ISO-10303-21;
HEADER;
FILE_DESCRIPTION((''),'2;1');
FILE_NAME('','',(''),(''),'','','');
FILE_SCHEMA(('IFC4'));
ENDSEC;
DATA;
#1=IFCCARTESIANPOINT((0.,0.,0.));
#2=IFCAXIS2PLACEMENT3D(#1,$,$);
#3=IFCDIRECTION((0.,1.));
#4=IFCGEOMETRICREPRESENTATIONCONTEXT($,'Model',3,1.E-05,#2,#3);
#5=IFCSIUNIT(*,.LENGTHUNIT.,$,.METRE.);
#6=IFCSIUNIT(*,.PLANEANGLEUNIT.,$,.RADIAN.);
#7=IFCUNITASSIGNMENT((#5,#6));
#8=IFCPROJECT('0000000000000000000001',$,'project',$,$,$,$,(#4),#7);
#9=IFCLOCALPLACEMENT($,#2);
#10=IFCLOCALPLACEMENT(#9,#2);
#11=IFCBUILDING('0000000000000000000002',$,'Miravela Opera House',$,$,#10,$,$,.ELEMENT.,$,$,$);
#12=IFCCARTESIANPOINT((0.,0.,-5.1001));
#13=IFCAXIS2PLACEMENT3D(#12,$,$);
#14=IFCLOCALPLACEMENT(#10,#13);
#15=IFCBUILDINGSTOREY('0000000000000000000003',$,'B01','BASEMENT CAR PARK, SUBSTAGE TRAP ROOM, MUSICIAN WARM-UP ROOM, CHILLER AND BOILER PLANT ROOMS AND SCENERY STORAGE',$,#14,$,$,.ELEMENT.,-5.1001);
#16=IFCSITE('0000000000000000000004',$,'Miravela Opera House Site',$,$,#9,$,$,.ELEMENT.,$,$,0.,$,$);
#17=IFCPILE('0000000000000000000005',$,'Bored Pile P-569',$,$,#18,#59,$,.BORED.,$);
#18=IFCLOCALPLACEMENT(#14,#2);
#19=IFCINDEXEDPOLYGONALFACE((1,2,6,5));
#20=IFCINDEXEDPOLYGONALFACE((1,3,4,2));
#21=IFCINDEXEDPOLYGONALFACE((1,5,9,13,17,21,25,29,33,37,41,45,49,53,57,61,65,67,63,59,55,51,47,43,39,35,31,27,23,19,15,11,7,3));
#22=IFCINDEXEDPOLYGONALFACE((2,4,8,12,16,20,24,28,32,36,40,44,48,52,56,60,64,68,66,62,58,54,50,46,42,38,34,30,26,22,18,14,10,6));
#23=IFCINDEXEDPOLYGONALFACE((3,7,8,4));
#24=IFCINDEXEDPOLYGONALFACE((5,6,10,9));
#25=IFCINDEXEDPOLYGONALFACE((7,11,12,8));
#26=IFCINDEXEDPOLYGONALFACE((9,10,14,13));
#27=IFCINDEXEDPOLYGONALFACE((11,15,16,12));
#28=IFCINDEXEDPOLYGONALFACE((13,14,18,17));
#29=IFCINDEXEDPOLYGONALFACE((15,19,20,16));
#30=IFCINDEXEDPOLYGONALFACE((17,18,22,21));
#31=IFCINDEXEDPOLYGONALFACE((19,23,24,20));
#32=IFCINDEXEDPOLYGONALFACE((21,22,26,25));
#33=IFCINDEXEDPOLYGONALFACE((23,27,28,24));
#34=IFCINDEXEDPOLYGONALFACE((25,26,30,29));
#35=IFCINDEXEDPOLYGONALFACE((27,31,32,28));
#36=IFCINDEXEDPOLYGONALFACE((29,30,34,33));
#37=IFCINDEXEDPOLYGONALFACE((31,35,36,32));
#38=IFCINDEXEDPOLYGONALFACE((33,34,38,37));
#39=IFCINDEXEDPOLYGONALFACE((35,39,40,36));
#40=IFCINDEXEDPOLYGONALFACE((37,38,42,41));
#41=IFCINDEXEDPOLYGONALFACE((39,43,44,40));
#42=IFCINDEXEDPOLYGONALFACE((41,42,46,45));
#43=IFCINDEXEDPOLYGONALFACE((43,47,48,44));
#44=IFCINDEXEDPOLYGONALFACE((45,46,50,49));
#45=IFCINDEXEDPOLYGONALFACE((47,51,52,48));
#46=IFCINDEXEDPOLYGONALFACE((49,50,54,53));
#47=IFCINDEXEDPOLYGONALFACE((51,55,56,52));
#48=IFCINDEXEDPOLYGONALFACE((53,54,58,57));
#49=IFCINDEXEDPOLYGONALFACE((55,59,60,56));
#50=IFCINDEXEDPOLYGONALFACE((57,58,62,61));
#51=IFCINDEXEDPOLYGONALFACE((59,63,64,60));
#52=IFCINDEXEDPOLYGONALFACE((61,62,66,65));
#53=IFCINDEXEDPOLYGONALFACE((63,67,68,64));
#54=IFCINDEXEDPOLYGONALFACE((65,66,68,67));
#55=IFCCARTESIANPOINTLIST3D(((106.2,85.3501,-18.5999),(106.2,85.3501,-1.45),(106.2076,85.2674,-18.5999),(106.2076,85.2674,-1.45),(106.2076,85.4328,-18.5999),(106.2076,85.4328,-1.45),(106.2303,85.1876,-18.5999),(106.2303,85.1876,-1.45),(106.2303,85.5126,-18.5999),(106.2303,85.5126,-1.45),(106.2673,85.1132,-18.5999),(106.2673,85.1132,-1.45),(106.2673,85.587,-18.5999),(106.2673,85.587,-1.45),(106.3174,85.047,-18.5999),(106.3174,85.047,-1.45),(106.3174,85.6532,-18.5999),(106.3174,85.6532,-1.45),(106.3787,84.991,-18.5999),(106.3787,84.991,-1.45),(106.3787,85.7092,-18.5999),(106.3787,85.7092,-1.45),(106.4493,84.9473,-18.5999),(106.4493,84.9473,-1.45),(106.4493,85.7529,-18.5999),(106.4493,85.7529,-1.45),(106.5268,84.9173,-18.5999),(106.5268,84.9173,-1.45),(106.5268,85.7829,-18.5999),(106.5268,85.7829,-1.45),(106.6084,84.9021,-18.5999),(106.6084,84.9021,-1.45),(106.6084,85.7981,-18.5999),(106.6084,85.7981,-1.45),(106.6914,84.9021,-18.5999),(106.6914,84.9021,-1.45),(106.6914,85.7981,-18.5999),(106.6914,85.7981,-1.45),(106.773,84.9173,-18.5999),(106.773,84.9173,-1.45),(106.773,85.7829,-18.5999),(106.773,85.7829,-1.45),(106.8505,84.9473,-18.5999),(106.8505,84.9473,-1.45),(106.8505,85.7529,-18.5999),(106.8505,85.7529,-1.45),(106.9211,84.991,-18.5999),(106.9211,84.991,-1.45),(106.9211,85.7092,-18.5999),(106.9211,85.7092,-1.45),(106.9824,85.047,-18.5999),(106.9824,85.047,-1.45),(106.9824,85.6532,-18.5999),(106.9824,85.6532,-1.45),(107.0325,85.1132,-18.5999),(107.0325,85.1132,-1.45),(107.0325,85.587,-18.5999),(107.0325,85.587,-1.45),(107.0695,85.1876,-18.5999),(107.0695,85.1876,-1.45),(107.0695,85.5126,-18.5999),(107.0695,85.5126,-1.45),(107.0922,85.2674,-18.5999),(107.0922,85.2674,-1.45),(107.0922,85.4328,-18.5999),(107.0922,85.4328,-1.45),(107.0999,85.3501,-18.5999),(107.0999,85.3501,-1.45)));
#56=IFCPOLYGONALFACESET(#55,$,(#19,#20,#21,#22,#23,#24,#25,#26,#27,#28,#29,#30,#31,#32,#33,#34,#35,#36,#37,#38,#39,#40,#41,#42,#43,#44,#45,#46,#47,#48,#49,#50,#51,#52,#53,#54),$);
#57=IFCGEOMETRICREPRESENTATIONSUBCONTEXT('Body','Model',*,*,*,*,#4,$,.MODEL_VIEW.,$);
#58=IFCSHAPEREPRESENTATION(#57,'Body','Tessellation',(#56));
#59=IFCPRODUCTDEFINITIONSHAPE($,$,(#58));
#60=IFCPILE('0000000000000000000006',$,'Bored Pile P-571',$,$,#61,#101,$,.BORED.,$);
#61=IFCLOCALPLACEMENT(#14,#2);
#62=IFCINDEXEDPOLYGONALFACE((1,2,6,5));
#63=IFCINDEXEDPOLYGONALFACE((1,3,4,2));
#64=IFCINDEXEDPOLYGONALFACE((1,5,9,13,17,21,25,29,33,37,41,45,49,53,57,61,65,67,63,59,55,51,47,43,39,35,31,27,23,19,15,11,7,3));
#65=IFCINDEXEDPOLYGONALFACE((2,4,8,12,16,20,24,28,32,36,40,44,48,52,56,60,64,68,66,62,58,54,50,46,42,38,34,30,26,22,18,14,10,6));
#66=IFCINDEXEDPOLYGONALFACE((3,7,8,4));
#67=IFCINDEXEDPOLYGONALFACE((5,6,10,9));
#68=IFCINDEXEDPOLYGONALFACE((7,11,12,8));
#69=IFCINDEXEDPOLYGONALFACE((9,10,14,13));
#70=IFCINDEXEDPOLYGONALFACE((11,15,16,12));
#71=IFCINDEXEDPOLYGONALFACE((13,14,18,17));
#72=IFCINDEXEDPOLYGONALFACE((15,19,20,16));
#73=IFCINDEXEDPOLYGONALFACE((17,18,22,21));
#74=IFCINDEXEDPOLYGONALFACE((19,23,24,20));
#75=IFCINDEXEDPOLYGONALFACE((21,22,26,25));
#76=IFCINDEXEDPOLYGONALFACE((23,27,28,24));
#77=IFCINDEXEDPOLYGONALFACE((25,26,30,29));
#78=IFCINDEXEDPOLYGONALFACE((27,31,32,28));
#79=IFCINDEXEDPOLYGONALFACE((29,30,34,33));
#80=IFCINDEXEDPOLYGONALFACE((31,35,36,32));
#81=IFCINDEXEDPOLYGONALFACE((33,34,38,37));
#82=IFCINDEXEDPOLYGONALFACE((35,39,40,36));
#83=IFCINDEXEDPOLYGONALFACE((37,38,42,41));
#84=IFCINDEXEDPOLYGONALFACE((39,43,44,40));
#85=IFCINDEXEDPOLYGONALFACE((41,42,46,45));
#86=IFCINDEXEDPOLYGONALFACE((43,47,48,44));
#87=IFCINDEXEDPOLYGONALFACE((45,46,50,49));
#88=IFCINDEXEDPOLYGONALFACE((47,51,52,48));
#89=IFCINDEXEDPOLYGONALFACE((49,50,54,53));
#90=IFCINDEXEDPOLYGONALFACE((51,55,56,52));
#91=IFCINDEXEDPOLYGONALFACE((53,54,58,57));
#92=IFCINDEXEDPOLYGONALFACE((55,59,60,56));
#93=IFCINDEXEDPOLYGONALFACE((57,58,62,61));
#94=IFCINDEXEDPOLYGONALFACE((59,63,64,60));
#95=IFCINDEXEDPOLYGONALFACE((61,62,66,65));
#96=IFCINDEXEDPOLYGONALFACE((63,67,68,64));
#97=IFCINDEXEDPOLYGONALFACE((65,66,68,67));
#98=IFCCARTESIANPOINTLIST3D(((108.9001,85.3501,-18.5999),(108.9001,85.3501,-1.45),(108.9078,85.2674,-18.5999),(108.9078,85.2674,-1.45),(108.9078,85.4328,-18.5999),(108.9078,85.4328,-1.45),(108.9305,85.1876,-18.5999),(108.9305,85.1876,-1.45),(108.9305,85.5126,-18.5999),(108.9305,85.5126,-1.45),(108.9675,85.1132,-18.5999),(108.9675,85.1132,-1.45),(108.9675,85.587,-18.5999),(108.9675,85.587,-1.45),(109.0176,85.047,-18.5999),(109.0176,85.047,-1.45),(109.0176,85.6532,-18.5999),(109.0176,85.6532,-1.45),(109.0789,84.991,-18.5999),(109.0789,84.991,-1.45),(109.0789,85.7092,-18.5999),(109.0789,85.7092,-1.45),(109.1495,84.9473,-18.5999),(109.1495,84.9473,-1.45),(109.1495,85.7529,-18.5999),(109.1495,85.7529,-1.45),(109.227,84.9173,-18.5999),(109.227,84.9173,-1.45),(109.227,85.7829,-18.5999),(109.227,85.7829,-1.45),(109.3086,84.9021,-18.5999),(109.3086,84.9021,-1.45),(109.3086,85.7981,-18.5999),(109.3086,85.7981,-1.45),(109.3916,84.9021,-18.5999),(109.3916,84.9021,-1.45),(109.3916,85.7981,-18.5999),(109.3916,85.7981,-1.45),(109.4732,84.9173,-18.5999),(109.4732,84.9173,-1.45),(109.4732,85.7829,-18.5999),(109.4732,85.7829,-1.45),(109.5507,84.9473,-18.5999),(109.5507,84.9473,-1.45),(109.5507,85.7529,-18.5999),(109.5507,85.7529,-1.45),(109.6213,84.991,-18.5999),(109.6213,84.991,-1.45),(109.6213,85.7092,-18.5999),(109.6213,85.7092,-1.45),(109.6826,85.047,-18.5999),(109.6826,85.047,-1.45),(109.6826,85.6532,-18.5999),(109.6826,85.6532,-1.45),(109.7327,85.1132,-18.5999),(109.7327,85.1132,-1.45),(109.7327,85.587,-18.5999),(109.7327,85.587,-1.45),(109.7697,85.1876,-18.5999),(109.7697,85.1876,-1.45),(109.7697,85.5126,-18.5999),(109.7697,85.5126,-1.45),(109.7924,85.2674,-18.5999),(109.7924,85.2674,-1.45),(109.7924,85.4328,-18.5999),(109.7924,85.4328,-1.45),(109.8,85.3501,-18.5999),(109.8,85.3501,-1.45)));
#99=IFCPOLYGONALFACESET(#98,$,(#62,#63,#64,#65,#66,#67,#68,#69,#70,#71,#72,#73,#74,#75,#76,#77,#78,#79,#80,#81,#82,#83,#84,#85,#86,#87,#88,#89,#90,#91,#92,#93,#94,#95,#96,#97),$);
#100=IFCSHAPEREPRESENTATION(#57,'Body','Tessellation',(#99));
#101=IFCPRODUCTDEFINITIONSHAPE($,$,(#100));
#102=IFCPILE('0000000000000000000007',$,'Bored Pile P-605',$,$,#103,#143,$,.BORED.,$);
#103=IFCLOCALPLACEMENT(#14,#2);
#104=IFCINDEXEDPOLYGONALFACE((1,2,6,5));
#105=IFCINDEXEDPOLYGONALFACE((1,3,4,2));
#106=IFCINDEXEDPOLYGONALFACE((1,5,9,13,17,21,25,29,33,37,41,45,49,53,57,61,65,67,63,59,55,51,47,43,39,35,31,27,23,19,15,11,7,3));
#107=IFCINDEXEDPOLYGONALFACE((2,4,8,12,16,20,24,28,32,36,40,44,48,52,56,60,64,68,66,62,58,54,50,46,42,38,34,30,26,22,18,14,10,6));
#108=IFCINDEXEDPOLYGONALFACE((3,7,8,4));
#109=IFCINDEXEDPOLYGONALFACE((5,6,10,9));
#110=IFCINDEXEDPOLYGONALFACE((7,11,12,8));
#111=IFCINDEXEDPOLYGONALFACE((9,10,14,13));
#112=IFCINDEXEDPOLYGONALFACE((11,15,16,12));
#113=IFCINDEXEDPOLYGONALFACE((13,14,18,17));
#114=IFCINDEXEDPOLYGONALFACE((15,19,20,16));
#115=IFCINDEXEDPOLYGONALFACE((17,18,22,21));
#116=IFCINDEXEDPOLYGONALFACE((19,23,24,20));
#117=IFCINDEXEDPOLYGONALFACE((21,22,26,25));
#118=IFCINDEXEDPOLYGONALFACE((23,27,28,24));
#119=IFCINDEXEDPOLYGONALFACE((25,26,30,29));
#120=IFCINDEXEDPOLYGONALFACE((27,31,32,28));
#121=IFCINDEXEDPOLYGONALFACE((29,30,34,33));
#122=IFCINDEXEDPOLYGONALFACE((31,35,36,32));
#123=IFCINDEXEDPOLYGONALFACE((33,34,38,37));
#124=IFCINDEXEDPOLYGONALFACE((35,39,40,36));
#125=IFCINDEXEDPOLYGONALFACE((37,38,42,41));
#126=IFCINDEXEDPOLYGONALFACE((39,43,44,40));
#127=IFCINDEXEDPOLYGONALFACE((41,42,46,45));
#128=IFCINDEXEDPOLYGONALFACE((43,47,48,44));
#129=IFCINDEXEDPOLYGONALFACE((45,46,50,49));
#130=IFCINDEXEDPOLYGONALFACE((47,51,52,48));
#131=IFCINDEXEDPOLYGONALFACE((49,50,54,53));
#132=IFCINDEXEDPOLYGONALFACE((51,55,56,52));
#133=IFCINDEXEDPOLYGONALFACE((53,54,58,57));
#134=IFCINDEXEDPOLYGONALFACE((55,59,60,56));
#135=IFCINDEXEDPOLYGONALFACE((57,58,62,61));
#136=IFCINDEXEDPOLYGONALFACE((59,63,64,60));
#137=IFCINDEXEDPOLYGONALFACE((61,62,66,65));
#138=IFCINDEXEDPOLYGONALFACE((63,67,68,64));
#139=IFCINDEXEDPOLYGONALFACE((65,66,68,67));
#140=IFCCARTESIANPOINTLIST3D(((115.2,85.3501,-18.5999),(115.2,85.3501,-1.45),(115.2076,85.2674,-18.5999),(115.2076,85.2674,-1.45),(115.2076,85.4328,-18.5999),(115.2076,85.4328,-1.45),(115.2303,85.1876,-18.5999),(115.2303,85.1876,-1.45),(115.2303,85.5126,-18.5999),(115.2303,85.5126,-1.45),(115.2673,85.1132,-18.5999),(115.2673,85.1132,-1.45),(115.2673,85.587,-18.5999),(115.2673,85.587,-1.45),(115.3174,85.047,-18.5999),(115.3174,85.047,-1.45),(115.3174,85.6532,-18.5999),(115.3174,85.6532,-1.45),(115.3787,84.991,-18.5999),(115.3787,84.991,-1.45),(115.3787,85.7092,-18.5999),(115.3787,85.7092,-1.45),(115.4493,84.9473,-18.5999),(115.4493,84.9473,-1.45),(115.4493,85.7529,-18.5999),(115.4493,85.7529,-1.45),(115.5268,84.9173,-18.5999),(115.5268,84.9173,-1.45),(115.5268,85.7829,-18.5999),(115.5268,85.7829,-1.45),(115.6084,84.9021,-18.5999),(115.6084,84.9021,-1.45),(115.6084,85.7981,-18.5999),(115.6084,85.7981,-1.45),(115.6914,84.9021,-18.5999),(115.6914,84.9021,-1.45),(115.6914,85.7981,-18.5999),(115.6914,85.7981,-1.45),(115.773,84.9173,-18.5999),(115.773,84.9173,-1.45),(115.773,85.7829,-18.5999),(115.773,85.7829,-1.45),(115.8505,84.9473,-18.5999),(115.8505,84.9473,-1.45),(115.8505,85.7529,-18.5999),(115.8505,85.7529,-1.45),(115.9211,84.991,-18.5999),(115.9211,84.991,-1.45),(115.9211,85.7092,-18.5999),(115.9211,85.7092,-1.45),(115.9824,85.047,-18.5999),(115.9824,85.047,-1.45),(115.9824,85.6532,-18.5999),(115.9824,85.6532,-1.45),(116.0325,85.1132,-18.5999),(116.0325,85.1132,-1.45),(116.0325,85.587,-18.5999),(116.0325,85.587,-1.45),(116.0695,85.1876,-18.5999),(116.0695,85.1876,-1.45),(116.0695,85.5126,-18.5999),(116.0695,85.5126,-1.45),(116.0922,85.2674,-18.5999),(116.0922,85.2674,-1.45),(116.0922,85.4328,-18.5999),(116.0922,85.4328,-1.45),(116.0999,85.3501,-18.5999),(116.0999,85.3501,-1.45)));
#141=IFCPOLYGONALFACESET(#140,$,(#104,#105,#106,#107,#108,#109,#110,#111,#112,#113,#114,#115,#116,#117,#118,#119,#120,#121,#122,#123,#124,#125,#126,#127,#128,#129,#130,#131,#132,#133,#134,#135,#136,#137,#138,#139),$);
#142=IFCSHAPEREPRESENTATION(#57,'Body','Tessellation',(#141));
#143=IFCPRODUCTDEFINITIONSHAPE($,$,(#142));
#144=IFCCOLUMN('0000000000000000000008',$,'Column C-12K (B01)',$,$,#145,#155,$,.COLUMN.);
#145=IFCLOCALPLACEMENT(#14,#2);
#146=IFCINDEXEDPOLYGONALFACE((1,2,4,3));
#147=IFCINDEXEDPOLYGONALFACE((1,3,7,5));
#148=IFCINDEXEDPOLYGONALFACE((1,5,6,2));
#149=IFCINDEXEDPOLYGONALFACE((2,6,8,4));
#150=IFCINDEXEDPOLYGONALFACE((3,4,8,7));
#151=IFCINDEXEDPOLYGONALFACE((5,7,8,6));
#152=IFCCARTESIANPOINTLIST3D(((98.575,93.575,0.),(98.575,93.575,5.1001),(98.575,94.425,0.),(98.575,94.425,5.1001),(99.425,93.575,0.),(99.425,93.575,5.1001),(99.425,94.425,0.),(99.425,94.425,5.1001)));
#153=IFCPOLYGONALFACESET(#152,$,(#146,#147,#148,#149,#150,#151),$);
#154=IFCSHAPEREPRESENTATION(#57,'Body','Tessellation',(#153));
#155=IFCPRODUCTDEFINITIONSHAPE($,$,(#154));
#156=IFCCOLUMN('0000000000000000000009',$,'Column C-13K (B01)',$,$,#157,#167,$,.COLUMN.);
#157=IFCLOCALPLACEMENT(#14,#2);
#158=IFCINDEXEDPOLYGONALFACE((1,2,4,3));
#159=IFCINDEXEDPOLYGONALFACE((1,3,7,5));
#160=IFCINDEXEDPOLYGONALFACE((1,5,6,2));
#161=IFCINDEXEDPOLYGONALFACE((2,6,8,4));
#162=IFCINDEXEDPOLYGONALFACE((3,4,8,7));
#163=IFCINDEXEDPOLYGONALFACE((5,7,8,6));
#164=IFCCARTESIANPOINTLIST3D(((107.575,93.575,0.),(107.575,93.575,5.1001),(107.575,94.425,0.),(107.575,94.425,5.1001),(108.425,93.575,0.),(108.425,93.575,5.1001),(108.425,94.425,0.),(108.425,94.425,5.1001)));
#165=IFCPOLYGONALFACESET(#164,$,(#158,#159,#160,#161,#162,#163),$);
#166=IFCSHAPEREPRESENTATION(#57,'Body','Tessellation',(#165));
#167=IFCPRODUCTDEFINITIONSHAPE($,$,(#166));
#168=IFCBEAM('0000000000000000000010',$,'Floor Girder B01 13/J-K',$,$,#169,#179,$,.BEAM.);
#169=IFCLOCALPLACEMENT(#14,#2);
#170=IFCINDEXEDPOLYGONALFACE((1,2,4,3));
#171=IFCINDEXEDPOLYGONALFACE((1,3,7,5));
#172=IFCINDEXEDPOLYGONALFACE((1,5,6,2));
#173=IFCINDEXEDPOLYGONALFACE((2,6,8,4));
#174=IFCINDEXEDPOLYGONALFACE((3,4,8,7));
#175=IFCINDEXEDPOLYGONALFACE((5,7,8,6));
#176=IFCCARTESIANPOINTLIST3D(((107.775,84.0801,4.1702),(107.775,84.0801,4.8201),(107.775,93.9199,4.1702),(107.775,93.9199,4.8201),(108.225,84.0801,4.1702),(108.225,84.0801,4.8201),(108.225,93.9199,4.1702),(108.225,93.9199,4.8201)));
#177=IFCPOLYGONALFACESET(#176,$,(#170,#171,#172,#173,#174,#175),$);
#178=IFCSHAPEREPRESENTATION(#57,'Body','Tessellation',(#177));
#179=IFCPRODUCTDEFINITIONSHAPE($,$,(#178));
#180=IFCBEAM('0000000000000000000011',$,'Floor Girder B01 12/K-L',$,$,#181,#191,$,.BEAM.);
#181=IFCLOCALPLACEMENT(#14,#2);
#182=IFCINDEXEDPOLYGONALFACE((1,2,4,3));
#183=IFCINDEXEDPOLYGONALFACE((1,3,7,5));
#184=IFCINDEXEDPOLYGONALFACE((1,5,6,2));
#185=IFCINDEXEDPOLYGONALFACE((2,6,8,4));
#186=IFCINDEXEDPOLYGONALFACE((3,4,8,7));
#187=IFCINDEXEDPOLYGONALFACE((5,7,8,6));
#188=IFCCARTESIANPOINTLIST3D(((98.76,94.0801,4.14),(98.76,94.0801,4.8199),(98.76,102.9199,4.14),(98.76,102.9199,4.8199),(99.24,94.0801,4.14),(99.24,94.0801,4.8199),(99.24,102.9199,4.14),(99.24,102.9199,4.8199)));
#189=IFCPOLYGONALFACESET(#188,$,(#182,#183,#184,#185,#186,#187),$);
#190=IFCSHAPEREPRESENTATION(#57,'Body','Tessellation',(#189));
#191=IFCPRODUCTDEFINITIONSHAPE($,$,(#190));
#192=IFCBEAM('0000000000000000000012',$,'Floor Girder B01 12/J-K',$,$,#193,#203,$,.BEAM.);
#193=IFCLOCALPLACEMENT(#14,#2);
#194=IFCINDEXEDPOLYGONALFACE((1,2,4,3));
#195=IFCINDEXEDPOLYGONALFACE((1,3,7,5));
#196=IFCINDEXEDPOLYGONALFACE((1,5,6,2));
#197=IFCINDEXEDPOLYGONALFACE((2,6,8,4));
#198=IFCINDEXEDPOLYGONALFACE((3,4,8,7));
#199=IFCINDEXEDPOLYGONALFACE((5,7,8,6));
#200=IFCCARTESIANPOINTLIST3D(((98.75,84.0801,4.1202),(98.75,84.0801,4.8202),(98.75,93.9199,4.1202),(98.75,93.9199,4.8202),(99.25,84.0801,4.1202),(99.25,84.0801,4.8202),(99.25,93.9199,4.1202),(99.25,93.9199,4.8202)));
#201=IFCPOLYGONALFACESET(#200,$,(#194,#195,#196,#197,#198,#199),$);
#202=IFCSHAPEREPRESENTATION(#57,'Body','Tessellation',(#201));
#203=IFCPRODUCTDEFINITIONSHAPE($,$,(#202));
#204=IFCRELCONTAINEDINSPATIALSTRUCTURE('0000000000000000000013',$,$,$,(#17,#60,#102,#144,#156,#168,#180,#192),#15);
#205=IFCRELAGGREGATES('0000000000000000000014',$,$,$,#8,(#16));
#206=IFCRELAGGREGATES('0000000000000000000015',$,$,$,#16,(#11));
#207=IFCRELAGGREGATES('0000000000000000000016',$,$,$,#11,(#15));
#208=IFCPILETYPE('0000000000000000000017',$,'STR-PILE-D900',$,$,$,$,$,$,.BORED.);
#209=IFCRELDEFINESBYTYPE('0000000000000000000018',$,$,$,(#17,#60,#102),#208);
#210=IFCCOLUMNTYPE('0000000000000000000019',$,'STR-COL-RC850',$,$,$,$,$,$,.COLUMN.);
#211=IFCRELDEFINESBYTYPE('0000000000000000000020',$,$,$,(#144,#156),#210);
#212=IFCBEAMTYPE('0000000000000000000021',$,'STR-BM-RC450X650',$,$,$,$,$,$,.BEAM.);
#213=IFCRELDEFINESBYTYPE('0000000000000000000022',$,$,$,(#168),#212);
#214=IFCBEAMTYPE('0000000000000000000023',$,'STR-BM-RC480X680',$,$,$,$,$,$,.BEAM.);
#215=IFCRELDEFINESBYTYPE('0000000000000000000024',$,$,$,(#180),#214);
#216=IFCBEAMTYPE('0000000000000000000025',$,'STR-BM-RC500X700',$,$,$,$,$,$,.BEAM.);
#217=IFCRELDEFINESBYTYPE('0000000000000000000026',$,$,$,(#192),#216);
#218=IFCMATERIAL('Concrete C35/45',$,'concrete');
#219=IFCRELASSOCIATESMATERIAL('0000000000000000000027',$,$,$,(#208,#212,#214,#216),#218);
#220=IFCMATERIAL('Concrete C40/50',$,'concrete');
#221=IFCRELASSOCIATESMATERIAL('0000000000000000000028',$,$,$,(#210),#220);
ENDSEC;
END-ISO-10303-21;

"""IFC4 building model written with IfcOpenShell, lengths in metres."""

from ifc_helpers import new_model, si_unit, direction, frame, origin, origin_2d, place, context, subcontext, project, spatial, rectangle, circle, extrude, material, material_profile, profile_set, type_object, element, save


model = new_model("IFC4")

# Units and contexts
model_context = context("Model", 3, precision=1e-05, world=origin(), true_north=direction((0.0, 1.0)))
body_context = subcontext(model_context, "Body", "Model", "MODEL_VIEW")
ifc_project = project(units=[si_unit("LENGTHUNIT", "METRE"), si_unit("PLANEANGLEUNIT", "RADIAN")], contexts=[model_context])

# Site, building, storey
site_placement = place(None, origin())
site = spatial("IfcSite", under=ifc_project, at=site_placement, Name="Miravela Opera House Site", CompositionType="ELEMENT", RefElevation=0.0)
building_placement = place(site_placement, origin())
building = spatial("IfcBuilding", under=site, at=building_placement, Name="Miravela Opera House", CompositionType="ELEMENT")
storey_placement = place(building_placement, frame((0.0, 0.0, -5.1001)))
storey = spatial("IfcBuildingStorey", under=building, at=storey_placement, Name="B01", Description="BASEMENT CAR PARK, SUBSTAGE TRAP ROOM, MUSICIAN WARM-UP ROOM, CHILLER AND BOILER PLANT ROOMS AND SCENERY STORAGE", CompositionType="ELEMENT", Elevation=-5.1001)

# Shared definitions
ifc_material_1 = material(Name="Concrete C35/45", Category="concrete")

# Piles
ifc_material_profile_1 = material_profile(ifc_material_1, circle(Radius=0.45, at=origin_2d()), Name="PILE-D900")
ifc_profile_set_1 = profile_set([ifc_material_profile_1])
pile_type_1 = type_object("IfcPileType", Name="STR-PILE-D900", PredefinedType="BORED", material=ifc_profile_set_1)
for number, where, z_axis, x_axis, name in (
    (1, (106.6499, 85.3501, -1.45), (0.0, 0.0, -1.0), (1.0, 0.0, 0.0), "Bored Pile P-569"),
    (2, (109.3501, 85.3501, -1.45), (0.0, 0.0, -1.0), (1.0, 0.0, 0.0), "Bored Pile P-571"),
    (3, (115.6499, 85.3501, -1.45), (0.0, 0.0, -1.0), (1.0, 0.0, 0.0), "Bored Pile P-605"),
):
    element("IfcPile", number, at=place(storey_placement, frame(where, z_axis=z_axis, x_axis=x_axis)), inside=storey, type_object=pile_type_1, Name=name, PredefinedType="BORED", context=body_context, shape_type="SweptSolid", body=[
        extrude(circle(Radius=0.45, at=origin_2d()), origin(), (0.0, 0.0, 1.0), 17.1499),
    ])

# Columns
ifc_material_2 = material(Name="Concrete C40/50", Category="concrete")
ifc_material_profile_2 = material_profile(ifc_material_2, rectangle(XDim=0.8501, YDim=0.8501, at=origin_2d()), Name="RC-COL-850X850")
ifc_profile_set_2 = profile_set([ifc_material_profile_2])
column_type = type_object("IfcColumnType", Name="STR-COL-RC850", PredefinedType="COLUMN", material=ifc_profile_set_2)
for number, where, z_axis, x_axis, name in (
    (4, (99.0, 94.0, 0.0), (0.0, 0.0, 1.0), (1.0, 0.0, 0.0), "Column C-12K (B01)"),
    (5, (108.0, 94.0, 0.0), (0.0, 0.0, 1.0), (1.0, 0.0, 0.0), "Column C-13K (B01)"),
):
    element("IfcColumn", number, at=place(storey_placement, frame(where, z_axis=z_axis, x_axis=x_axis)), inside=storey, type_object=column_type, Name=name, PredefinedType="COLUMN", context=body_context, shape_type="SweptSolid", body=[
        extrude(rectangle(XDim=0.8501, YDim=0.8501, at=origin_2d()), origin(), (0.0, 0.0, 1.0), 5.1001),
    ])

# Beams
ifc_material_profile_3 = material_profile(ifc_material_1, rectangle(XDim=0.45, YDim=0.6499, at=origin_2d()), Name="RC-BM-450X650")
ifc_profile_set_3 = profile_set([ifc_material_profile_3])
beam_type_1 = type_object("IfcBeamType", Name="STR-BM-RC450X650", PredefinedType="BEAM", material=ifc_profile_set_3)
beam_1_placement = place(storey_placement, frame((108.0, 84.0801, 4.4951), z_axis=(0.0, 1.0, 0.0), x_axis=(-1.0, 0.0, 0.0)))
element("IfcBeam", 6, at=beam_1_placement, inside=storey, type_object=beam_type_1, Name="Floor Girder B01 13/J-K", PredefinedType="BEAM", context=body_context, shape_type="SweptSolid", body=[
    extrude(rectangle(XDim=0.45, YDim=0.6499, at=origin_2d()), origin(), (0.0, 0.0, 1.0), 9.8398),
])
ifc_material_profile_4 = material_profile(ifc_material_1, rectangle(XDim=0.48, YDim=0.6799, at=origin_2d()), Name="RC-BM-480X680")
ifc_profile_set_4 = profile_set([ifc_material_profile_4])
beam_type_2 = type_object("IfcBeamType", Name="STR-BM-RC480X680", PredefinedType="BEAM", material=ifc_profile_set_4)
beam_2_placement = place(storey_placement, frame((99.0, 94.0801, 4.48), z_axis=(0.0, 1.0, 0.0), x_axis=(-1.0, 0.0, 0.0)))
element("IfcBeam", 7, at=beam_2_placement, inside=storey, type_object=beam_type_2, Name="Floor Girder B01 12/K-L", PredefinedType="BEAM", context=body_context, shape_type="SweptSolid", body=[
    extrude(rectangle(XDim=0.48, YDim=0.6799, at=origin_2d()), origin(), (0.0, 0.0, 1.0), 8.8398),
])
ifc_material_profile_5 = material_profile(ifc_material_1, rectangle(XDim=0.5, YDim=0.7, at=origin_2d()), Name="RC-BM-500X700")
ifc_profile_set_5 = profile_set([ifc_material_profile_5])
beam_type_3 = type_object("IfcBeamType", Name="STR-BM-RC500X700", PredefinedType="BEAM", material=ifc_profile_set_5)
beam_3_placement = place(storey_placement, frame((99.0, 84.0801, 4.4702), z_axis=(0.0, 1.0, 0.0), x_axis=(-1.0, 0.0, 0.0)))
element("IfcBeam", 8, at=beam_3_placement, inside=storey, type_object=beam_type_3, Name="Floor Girder B01 12/J-K", PredefinedType="BEAM", context=body_context, shape_type="SweptSolid", body=[
    extrude(rectangle(XDim=0.5, YDim=0.7, at=origin_2d()), origin(), (0.0, 0.0, 1.0), 9.8398),
])

save(model, "model.ifc")
